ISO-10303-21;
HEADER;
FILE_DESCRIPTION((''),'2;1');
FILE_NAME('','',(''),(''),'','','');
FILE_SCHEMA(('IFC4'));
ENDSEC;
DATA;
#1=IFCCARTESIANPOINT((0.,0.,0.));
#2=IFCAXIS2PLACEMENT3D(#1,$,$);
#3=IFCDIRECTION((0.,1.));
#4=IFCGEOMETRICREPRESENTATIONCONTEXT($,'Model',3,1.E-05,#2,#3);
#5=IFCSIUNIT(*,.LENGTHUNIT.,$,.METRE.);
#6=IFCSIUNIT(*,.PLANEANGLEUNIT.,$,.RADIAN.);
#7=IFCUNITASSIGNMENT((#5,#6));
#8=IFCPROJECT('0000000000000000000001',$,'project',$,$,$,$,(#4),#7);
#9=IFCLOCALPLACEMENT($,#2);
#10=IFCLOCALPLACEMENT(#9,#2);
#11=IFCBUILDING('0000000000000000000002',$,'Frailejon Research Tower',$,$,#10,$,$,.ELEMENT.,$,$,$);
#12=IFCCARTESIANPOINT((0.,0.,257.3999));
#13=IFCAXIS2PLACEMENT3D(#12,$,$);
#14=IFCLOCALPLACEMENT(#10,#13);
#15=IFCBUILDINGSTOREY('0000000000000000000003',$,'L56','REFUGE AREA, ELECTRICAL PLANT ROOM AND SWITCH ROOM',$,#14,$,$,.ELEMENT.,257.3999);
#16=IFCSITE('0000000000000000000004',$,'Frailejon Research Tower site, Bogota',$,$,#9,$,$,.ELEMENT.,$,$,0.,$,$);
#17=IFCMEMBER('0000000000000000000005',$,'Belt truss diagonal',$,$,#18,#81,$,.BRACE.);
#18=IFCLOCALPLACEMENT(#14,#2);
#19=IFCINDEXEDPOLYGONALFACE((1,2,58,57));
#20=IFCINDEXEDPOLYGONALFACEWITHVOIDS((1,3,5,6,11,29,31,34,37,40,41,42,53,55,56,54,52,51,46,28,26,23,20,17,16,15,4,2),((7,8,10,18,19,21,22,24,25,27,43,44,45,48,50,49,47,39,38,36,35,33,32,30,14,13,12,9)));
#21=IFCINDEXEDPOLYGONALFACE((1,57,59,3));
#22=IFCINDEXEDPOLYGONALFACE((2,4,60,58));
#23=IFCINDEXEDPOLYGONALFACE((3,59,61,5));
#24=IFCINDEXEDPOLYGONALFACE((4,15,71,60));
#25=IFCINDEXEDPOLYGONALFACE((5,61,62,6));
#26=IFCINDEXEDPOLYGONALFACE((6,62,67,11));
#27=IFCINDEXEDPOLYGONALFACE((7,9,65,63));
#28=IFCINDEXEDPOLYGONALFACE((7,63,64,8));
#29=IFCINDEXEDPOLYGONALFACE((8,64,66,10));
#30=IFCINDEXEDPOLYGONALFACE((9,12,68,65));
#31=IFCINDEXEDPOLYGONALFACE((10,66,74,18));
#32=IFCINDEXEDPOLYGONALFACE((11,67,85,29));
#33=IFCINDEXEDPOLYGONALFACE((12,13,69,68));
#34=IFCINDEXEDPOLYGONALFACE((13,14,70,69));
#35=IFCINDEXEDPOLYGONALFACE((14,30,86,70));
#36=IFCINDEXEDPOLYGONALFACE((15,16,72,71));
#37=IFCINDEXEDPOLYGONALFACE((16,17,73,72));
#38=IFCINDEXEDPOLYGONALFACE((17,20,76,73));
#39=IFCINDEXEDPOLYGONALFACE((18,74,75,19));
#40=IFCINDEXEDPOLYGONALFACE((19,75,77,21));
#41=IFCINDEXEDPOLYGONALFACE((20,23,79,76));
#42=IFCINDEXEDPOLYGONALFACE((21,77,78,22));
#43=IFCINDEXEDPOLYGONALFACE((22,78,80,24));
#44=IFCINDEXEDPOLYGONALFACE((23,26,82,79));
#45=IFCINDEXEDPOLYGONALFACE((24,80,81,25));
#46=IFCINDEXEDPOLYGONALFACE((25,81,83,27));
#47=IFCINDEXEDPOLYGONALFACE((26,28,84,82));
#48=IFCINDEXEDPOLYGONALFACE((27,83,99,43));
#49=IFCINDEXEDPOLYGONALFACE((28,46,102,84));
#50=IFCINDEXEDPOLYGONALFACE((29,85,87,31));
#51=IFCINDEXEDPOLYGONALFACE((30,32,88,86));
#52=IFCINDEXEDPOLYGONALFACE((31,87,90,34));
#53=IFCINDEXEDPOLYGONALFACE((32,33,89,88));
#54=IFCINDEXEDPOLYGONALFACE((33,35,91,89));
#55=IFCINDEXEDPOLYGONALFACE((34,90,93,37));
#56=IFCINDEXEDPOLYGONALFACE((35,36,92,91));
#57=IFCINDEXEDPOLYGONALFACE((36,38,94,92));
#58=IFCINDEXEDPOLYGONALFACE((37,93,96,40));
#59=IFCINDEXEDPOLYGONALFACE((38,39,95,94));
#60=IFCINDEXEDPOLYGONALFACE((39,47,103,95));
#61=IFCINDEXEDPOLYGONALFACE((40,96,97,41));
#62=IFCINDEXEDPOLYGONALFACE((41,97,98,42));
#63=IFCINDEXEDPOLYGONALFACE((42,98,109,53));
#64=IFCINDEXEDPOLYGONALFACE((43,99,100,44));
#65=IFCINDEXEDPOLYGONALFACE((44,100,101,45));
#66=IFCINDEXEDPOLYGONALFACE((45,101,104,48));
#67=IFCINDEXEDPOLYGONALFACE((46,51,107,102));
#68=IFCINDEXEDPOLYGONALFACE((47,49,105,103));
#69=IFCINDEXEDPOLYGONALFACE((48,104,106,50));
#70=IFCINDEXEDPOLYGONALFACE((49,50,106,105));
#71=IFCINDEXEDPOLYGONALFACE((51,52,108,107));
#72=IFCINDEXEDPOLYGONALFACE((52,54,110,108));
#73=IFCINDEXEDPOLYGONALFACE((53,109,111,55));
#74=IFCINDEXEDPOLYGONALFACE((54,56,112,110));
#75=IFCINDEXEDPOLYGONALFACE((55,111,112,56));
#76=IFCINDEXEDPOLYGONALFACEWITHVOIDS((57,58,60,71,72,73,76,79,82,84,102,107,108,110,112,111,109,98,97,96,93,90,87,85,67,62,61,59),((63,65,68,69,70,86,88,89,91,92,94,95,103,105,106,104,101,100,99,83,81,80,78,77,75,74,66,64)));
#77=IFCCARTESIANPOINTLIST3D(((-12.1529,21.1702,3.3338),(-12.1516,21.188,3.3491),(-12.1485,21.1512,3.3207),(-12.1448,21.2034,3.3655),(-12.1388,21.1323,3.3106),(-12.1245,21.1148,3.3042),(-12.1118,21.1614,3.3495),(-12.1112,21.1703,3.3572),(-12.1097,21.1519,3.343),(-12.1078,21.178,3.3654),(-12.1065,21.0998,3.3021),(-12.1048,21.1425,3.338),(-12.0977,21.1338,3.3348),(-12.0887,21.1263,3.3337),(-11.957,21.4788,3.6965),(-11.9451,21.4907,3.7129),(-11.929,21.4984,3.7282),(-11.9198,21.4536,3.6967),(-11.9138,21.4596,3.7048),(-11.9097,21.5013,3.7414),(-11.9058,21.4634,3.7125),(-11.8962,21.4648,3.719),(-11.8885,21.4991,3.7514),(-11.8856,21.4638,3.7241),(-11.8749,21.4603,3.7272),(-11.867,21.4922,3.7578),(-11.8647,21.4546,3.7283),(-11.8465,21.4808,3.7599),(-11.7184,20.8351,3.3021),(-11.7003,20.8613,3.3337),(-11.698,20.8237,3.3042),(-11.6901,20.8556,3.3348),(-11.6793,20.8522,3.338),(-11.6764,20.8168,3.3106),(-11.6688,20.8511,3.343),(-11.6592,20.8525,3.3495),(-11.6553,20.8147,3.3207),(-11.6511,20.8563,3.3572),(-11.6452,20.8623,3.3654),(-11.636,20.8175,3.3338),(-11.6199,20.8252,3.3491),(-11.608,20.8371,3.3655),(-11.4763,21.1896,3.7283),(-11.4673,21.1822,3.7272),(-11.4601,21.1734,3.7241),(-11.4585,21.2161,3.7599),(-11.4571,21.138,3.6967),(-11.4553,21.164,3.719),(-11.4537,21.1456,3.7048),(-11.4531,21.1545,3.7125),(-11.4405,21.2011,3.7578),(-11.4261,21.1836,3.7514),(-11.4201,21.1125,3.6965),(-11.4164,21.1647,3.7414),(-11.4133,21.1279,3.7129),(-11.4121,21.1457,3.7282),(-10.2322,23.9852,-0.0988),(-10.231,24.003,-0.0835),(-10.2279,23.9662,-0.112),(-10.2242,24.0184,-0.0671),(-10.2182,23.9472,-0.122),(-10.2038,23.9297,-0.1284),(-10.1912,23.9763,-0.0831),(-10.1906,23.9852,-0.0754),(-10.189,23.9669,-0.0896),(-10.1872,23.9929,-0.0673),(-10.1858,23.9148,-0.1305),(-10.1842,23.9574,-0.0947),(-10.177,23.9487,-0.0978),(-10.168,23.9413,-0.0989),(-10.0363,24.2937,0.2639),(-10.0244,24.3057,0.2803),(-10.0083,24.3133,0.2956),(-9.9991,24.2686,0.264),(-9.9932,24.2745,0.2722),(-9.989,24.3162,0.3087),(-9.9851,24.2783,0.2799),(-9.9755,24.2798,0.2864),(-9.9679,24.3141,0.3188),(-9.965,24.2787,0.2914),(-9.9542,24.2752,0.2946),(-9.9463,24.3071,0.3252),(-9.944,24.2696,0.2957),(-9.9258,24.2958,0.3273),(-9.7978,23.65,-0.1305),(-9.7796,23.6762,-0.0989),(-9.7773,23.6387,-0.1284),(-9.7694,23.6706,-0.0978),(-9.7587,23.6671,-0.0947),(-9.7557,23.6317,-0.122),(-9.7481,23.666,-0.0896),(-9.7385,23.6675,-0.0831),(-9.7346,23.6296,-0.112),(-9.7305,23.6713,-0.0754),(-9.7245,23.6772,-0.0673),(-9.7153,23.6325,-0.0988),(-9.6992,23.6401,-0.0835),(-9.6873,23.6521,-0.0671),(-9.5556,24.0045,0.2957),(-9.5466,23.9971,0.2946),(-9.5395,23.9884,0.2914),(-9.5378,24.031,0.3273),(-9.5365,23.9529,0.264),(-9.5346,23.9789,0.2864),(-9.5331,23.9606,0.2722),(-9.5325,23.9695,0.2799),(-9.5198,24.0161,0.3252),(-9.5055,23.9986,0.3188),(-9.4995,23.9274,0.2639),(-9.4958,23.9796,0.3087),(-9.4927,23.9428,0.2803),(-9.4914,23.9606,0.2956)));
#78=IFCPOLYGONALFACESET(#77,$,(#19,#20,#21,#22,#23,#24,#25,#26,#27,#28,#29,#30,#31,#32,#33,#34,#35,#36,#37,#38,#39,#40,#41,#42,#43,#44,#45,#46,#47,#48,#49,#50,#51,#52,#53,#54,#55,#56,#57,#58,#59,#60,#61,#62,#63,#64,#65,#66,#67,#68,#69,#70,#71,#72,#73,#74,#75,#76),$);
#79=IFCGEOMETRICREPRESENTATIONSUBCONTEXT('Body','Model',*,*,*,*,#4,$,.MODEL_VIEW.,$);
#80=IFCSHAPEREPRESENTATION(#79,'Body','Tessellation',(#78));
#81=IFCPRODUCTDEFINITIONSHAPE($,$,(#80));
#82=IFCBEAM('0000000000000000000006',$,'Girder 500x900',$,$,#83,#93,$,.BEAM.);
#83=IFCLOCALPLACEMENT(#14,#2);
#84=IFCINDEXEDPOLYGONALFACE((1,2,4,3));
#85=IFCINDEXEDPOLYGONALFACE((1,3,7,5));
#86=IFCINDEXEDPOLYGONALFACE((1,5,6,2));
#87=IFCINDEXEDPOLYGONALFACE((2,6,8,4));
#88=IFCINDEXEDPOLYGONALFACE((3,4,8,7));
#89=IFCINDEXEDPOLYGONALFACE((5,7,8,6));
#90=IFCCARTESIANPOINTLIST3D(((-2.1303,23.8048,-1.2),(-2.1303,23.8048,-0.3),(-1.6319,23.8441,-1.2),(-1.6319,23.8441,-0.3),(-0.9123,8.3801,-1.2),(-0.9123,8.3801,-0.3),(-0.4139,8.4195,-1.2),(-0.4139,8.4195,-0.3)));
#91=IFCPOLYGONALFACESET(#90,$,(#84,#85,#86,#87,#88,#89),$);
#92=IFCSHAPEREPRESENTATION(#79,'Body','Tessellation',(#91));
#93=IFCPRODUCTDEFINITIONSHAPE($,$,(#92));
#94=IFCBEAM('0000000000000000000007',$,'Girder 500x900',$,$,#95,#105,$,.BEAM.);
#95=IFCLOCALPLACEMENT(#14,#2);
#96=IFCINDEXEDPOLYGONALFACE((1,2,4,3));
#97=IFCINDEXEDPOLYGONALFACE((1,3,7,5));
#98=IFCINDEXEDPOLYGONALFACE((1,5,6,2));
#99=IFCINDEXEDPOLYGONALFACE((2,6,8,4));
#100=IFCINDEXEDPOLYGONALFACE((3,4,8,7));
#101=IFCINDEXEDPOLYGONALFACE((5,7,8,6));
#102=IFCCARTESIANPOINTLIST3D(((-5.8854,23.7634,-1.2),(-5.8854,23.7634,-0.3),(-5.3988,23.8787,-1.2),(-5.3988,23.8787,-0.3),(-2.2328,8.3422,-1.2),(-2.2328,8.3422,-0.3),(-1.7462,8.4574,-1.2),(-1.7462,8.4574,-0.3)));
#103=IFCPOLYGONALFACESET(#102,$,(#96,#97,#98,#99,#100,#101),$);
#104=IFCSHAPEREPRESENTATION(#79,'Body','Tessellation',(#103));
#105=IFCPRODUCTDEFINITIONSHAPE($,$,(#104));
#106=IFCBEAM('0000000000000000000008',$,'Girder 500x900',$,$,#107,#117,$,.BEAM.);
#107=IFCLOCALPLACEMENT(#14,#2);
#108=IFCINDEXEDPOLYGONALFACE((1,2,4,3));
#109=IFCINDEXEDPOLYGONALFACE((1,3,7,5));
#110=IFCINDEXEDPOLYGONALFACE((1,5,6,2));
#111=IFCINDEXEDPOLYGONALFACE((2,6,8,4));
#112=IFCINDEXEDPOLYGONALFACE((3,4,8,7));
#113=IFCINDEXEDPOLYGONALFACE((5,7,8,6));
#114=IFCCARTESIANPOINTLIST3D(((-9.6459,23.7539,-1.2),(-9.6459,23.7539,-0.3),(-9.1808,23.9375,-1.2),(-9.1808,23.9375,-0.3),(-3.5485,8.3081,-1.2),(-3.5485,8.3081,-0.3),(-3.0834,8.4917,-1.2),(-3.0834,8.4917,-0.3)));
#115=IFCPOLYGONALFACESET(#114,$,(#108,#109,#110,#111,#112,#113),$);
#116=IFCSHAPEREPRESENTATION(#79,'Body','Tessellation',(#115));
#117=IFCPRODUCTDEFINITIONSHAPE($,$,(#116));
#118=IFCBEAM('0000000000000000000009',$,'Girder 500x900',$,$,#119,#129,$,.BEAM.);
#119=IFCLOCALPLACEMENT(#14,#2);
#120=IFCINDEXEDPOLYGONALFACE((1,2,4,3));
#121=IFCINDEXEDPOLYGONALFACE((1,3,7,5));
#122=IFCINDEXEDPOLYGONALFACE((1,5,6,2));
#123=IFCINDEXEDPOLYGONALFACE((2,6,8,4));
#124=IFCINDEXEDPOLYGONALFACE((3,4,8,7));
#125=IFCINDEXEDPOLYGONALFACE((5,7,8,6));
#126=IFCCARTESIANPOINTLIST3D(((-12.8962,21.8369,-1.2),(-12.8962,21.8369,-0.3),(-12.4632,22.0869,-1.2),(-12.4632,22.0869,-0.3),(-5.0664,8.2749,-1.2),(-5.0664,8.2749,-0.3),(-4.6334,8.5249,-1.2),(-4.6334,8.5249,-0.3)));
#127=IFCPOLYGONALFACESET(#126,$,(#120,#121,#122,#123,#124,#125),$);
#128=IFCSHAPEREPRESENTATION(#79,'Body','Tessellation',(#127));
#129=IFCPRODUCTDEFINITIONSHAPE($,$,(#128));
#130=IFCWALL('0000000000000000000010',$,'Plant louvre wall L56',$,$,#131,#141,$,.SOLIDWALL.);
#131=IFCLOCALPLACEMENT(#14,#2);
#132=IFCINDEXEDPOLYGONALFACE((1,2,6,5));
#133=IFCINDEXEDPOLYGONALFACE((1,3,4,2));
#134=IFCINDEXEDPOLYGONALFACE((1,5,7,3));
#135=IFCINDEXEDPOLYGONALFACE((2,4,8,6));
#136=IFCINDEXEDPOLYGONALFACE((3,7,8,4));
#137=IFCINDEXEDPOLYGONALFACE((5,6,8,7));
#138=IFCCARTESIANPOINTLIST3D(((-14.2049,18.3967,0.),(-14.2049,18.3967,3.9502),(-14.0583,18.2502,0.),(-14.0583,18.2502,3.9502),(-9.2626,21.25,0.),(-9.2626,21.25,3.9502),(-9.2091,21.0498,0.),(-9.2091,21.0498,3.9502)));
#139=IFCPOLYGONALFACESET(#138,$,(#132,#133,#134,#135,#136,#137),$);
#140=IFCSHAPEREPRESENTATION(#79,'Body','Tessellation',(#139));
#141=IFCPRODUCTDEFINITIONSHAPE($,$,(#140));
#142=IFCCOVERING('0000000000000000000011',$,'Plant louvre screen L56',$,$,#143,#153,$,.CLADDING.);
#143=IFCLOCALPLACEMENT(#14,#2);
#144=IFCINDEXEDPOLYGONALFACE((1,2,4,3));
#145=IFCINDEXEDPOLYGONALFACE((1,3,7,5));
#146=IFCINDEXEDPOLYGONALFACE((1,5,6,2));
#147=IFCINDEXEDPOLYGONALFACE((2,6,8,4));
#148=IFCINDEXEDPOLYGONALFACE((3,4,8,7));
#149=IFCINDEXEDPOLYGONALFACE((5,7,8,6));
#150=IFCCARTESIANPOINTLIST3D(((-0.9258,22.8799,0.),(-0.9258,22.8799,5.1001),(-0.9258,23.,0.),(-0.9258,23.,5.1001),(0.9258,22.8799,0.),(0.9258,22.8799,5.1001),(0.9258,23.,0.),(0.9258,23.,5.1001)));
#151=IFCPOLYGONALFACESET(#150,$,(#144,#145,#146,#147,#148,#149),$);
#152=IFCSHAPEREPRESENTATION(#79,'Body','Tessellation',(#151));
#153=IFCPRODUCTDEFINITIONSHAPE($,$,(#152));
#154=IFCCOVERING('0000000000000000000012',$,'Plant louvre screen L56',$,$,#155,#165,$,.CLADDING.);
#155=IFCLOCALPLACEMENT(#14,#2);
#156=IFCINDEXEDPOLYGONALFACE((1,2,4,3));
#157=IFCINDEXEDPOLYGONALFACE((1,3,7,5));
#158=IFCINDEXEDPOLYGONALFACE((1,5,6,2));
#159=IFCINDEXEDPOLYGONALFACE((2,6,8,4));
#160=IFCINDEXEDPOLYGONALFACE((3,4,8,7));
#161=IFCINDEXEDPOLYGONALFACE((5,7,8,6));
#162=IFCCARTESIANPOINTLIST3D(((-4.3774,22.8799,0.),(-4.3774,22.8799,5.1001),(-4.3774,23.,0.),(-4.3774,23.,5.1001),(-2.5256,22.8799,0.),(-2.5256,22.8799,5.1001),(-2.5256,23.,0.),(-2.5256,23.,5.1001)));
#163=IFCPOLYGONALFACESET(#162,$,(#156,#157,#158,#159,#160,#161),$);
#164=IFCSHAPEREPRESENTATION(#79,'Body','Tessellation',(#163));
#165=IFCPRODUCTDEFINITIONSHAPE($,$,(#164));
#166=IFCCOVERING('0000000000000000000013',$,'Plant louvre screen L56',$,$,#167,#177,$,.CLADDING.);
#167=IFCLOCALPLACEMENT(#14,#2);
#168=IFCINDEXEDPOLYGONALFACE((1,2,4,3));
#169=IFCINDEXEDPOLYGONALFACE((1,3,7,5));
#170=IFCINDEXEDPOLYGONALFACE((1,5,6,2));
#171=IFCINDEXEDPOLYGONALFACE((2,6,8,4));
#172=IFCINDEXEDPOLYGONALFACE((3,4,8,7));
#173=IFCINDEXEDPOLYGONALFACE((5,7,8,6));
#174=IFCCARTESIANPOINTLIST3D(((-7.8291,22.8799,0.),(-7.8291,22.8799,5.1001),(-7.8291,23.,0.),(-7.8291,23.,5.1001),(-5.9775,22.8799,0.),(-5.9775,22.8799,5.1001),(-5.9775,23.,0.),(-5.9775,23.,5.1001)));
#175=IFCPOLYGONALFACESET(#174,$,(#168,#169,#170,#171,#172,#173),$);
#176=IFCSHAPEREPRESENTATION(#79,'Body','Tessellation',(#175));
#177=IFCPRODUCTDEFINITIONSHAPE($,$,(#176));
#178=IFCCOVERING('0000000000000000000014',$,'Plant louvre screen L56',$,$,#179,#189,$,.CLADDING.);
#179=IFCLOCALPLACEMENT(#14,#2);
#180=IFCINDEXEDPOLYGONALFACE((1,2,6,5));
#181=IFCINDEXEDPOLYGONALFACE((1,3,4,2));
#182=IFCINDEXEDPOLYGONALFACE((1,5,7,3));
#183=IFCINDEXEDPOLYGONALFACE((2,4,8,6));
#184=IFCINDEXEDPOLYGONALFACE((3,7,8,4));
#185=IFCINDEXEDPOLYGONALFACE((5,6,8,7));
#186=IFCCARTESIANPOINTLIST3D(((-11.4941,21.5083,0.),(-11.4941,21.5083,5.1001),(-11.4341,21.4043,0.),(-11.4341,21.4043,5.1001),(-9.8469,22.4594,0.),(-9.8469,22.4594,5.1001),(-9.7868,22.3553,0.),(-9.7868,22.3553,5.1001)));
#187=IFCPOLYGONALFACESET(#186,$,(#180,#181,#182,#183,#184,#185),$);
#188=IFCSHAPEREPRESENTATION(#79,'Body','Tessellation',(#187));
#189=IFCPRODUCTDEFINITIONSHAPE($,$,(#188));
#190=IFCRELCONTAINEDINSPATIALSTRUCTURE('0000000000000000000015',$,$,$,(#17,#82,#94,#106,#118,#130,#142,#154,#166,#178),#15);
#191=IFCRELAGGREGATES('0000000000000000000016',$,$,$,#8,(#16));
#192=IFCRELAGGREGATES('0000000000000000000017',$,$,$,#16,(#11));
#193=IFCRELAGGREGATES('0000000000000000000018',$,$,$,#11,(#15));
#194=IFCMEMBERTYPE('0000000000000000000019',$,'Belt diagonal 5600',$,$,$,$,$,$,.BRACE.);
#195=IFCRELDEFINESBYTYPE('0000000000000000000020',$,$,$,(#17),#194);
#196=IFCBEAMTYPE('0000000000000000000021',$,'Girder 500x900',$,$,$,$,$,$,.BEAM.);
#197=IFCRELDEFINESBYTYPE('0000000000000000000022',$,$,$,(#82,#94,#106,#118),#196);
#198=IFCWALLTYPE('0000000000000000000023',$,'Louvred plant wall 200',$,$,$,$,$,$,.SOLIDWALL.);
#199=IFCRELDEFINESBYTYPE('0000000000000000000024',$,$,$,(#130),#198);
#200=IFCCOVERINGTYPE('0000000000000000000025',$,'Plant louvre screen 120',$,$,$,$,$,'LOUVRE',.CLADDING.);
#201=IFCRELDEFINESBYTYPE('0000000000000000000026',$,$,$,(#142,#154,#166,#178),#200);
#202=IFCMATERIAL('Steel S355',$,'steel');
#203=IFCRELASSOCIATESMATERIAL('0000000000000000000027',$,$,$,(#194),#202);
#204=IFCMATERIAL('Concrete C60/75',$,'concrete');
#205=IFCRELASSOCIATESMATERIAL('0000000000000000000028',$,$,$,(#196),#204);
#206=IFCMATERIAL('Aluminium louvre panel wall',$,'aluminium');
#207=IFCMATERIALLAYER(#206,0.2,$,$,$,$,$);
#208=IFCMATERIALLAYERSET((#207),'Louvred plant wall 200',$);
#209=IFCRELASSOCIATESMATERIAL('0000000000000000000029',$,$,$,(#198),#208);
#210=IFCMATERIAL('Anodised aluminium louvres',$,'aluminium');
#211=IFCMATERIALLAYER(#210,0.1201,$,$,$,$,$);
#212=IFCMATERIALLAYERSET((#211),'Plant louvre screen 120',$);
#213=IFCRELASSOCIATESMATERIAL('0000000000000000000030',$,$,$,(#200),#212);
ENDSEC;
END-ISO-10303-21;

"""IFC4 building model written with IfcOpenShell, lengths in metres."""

from ifc_helpers import new_model, si_unit, direction, frame, origin, origin_2d, place, context, subcontext, project, spatial, polyline, rectangle, hollow_rectangle, outline, extrude, material, layer, layer_set, material_profile, profile_set, type_object, element, save


model = new_model("IFC4")

# Units and contexts
model_context = context("Model", 3, precision=1e-05, world=origin(), true_north=direction((0.0, 1.0)))
body_context = subcontext(model_context, "Body", "Model", "MODEL_VIEW")
ifc_project = project(units=[si_unit("LENGTHUNIT", "METRE"), si_unit("PLANEANGLEUNIT", "RADIAN")], contexts=[model_context])

# Site, building, storey
site_placement = place(None, origin())
site = spatial("IfcSite", under=ifc_project, at=site_placement, Name="Frailejon Research Tower site, Bogota", CompositionType="ELEMENT", RefElevation=0.0)
building_placement = place(site_placement, origin())
building = spatial("IfcBuilding", under=site, at=building_placement, Name="Frailejon Research Tower", CompositionType="ELEMENT")
storey_placement = place(building_placement, frame((0.0, 0.0, 257.3999)))
storey = spatial("IfcBuildingStorey", under=building, at=storey_placement, Name="L56", Description="REFUGE AREA, ELECTRICAL PLANT ROOM AND SWITCH ROOM", CompositionType="ELEMENT", Elevation=257.3999)

# Member
ifc_material_1 = material(Name="Steel S355", Category="steel")
ifc_material_profile_1 = material_profile(ifc_material_1, hollow_rectangle(XDim=0.6499, YDim=0.6499, WallThickness=0.0449, InnerFilletRadius=0.0449, OuterFilletRadius=0.0901, at=origin_2d()), Name="Belt diagonal 5600")
ifc_profile_set_1 = profile_set([ifc_material_profile_1], Name="Steel S355")
member_type = type_object("IfcMemberType", Name="Belt diagonal 5600", PredefinedType="BRACE", material=ifc_profile_set_1)
member_1_placement = place(storey_placement, frame((-9.8618, 23.9729, 0.0984), z_axis=(-0.397083, -0.581971, 0.709672), x_axis=(0.826039, -0.563612, 0.0)))
element("IfcMember", 1, at=member_1_placement, inside=storey, type_object=member_type, Name="Belt truss diagonal", PredefinedType="BRACE", context=body_context, shape_type="SweptSolid", body=[
    extrude(hollow_rectangle(XDim=0.6499, YDim=0.6499, WallThickness=0.0449, InnerFilletRadius=0.0449, OuterFilletRadius=0.0901, at=origin_2d()), origin(), (0.0, 0.0, 1.0), 4.8369),
])

# Beams
ifc_material_2 = material(Name="Concrete C60/75", Category="concrete")
ifc_material_profile_2 = material_profile(ifc_material_2, rectangle(XDim=0.5, YDim=0.8999, at=origin_2d()), Name="Girder 500x900")
ifc_profile_set_2 = profile_set([ifc_material_profile_2], Name="Concrete C60/75")
beam_type_1 = type_object("IfcBeamType", Name="Girder 500x900", PredefinedType="BEAM", material=ifc_profile_set_2)
beam_1_placement = place(storey_placement, frame((-1.8811, 23.8245, -0.75), z_axis=(0.078721, -0.996897, 0.0), x_axis=(0.996897, 0.078721, 0.0)))
element("IfcBeam", 2, at=beam_1_placement, inside=storey, type_object=beam_type_1, Name="Girder 500x900", PredefinedType="BEAM", context=body_context, shape_type="SweptSolid", body=[
    extrude(rectangle(XDim=0.5, YDim=0.8999, at=origin_2d()), origin(), (0.0, 0.0, 1.0), 15.4727),
])
beam_2_placement = place(storey_placement, frame((-5.6421, 23.821, -0.75), z_axis=(0.230479, -0.973077, 0.0), x_axis=(0.973077, 0.230479, 0.0)))
element("IfcBeam", 3, at=beam_2_placement, inside=storey, type_object=beam_type_1, Name="Girder 500x900", PredefinedType="BEAM", context=body_context, shape_type="SweptSolid", body=[
    extrude(rectangle(XDim=0.5, YDim=0.8999, at=origin_2d()), origin(), (0.0, 0.0, 1.0), 15.8479),
])
beam_3_placement = place(storey_placement, frame((-9.4133, 23.8457, -0.75), z_axis=(0.367187, -0.930147, 0.0), x_axis=(0.930147, 0.367187, 0.0)))
element("IfcBeam", 4, at=beam_3_placement, inside=storey, type_object=beam_type_1, Name="Girder 500x900", PredefinedType="BEAM", context=body_context, shape_type="SweptSolid", body=[
    extrude(rectangle(XDim=0.5, YDim=0.8999, at=origin_2d()), origin(), (0.0, 0.0, 1.0), 16.6057),
])
beam_4_placement = place(storey_placement, frame((-12.6797, 21.9619, -0.75), z_axis=(0.499991, -0.866031, 0.0), x_axis=(0.866031, 0.499991, 0.0)))
element("IfcBeam", 5, at=beam_4_placement, inside=storey, type_object=beam_type_1, Name="Girder 500x900", PredefinedType="BEAM", context=body_context, shape_type="SweptSolid", body=[
    extrude(rectangle(XDim=0.5, YDim=0.8999, at=origin_2d()), origin(), (0.0, 0.0, 1.0), 15.6599),
])

# Wall
ifc_material_3 = material(Name="Aluminium louvre panel wall", Category="aluminium")
ifc_layer_1 = layer(ifc_material_3, 0.2)
ifc_layer_set_1 = layer_set([ifc_layer_1], Name="Louvred plant wall 200")
wall_type = type_object("IfcWallType", Name="Louvred plant wall 200", PredefinedType="SOLIDWALL", material=ifc_layer_set_1)
wall_placement = place(storey_placement, frame((-9.2358, 21.1499, 0.0), z_axis=(0.0, 0.0, 1.0), x_axis=(-0.866037, -0.49998, 0.0)))
element("IfcWall", 6, at=wall_placement, inside=storey, type_object=wall_type, Name="Plant louvre wall L56", PredefinedType="SOLIDWALL", context=body_context, shape_type="SweptSolid", body=[
    extrude(outline(polyline([(-0.0269, -0.1001), (5.6799, -0.1001), (5.6262, 0.1001), (0.0269, 0.1001), (-0.0269, -0.1001)])), origin(), (0.0, 0.0, 1.0), 3.9502),
])

# Coverings
ifc_material_4 = material(Name="Anodised aluminium louvres", Category="aluminium")
ifc_layer_2 = layer(ifc_material_4, 0.1201)
ifc_layer_set_2 = layer_set([ifc_layer_2], Name="Plant louvre screen 120")
covering_type = type_object("IfcCoveringType", Name="Plant louvre screen 120", ElementType="LOUVRE", PredefinedType="CLADDING", material=ifc_layer_set_2)
covering_1_placement = place(storey_placement, frame((-0.9258, 23.0, 0.0), z_axis=(1.0, 0.0, 0.0), x_axis=(0.0, 1.0, 0.0)))
element("IfcCovering", 7, at=covering_1_placement, inside=storey, type_object=covering_type, Name="Plant louvre screen L56", PredefinedType="CLADDING", context=body_context, shape_type="SweptSolid", body=[
    extrude(outline(polyline([(-0.1201, 0.0), (0.0, 0.0), (0.0, 5.1001), (-0.1201, 5.1001), (-0.1201, 0.0)])), origin(), (0.0, 0.0, 1.0), 1.8516),
])
covering_2_placement = place(storey_placement, frame((-4.3774, 23.0, 0.0), z_axis=(1.0, 0.0, 0.0), x_axis=(0.0, 1.0, 0.0)))
element("IfcCovering", 8, at=covering_2_placement, inside=storey, type_object=covering_type, Name="Plant louvre screen L56", PredefinedType="CLADDING", context=body_context, shape_type="SweptSolid", body=[
    extrude(outline(polyline([(-0.1201, 0.0), (0.0, 0.0), (0.0, 5.1001), (-0.1201, 5.1001), (-0.1201, 0.0)])), origin(), (0.0, 0.0, 1.0), 1.8518),
])
covering_3_placement = place(storey_placement, frame((-7.8291, 23.0, 0.0), z_axis=(1.0, 0.0, 0.0), x_axis=(0.0, 1.0, 0.0)))
element("IfcCovering", 9, at=covering_3_placement, inside=storey, type_object=covering_type, Name="Plant louvre screen L56", PredefinedType="CLADDING", context=body_context, shape_type="SweptSolid", body=[
    extrude(outline(polyline([(-0.1201, 0.0), (0.0, 0.0), (0.0, 5.1001), (-0.1201, 5.1001), (-0.1201, 0.0)])), origin(), (0.0, 0.0, 1.0), 1.8516),
])
covering_4_placement = place(storey_placement, frame((-11.4941, 21.5083, 0.0), z_axis=(0.866024, 0.500003, 0.0), x_axis=(-0.500003, 0.866024, 0.0)))
element("IfcCovering", 10, at=covering_4_placement, inside=storey, type_object=covering_type, Name="Plant louvre screen L56", PredefinedType="CLADDING", context=body_context, shape_type="SweptSolid", body=[
    extrude(outline(polyline([(-0.1201, 0.0), (0.0, 0.0), (0.0, 5.1001), (-0.1201, 5.1001), (-0.1201, 0.0)])), origin(), (0.0, 0.0, 1.0), 1.9021),
])

save(model, "model.ifc")
